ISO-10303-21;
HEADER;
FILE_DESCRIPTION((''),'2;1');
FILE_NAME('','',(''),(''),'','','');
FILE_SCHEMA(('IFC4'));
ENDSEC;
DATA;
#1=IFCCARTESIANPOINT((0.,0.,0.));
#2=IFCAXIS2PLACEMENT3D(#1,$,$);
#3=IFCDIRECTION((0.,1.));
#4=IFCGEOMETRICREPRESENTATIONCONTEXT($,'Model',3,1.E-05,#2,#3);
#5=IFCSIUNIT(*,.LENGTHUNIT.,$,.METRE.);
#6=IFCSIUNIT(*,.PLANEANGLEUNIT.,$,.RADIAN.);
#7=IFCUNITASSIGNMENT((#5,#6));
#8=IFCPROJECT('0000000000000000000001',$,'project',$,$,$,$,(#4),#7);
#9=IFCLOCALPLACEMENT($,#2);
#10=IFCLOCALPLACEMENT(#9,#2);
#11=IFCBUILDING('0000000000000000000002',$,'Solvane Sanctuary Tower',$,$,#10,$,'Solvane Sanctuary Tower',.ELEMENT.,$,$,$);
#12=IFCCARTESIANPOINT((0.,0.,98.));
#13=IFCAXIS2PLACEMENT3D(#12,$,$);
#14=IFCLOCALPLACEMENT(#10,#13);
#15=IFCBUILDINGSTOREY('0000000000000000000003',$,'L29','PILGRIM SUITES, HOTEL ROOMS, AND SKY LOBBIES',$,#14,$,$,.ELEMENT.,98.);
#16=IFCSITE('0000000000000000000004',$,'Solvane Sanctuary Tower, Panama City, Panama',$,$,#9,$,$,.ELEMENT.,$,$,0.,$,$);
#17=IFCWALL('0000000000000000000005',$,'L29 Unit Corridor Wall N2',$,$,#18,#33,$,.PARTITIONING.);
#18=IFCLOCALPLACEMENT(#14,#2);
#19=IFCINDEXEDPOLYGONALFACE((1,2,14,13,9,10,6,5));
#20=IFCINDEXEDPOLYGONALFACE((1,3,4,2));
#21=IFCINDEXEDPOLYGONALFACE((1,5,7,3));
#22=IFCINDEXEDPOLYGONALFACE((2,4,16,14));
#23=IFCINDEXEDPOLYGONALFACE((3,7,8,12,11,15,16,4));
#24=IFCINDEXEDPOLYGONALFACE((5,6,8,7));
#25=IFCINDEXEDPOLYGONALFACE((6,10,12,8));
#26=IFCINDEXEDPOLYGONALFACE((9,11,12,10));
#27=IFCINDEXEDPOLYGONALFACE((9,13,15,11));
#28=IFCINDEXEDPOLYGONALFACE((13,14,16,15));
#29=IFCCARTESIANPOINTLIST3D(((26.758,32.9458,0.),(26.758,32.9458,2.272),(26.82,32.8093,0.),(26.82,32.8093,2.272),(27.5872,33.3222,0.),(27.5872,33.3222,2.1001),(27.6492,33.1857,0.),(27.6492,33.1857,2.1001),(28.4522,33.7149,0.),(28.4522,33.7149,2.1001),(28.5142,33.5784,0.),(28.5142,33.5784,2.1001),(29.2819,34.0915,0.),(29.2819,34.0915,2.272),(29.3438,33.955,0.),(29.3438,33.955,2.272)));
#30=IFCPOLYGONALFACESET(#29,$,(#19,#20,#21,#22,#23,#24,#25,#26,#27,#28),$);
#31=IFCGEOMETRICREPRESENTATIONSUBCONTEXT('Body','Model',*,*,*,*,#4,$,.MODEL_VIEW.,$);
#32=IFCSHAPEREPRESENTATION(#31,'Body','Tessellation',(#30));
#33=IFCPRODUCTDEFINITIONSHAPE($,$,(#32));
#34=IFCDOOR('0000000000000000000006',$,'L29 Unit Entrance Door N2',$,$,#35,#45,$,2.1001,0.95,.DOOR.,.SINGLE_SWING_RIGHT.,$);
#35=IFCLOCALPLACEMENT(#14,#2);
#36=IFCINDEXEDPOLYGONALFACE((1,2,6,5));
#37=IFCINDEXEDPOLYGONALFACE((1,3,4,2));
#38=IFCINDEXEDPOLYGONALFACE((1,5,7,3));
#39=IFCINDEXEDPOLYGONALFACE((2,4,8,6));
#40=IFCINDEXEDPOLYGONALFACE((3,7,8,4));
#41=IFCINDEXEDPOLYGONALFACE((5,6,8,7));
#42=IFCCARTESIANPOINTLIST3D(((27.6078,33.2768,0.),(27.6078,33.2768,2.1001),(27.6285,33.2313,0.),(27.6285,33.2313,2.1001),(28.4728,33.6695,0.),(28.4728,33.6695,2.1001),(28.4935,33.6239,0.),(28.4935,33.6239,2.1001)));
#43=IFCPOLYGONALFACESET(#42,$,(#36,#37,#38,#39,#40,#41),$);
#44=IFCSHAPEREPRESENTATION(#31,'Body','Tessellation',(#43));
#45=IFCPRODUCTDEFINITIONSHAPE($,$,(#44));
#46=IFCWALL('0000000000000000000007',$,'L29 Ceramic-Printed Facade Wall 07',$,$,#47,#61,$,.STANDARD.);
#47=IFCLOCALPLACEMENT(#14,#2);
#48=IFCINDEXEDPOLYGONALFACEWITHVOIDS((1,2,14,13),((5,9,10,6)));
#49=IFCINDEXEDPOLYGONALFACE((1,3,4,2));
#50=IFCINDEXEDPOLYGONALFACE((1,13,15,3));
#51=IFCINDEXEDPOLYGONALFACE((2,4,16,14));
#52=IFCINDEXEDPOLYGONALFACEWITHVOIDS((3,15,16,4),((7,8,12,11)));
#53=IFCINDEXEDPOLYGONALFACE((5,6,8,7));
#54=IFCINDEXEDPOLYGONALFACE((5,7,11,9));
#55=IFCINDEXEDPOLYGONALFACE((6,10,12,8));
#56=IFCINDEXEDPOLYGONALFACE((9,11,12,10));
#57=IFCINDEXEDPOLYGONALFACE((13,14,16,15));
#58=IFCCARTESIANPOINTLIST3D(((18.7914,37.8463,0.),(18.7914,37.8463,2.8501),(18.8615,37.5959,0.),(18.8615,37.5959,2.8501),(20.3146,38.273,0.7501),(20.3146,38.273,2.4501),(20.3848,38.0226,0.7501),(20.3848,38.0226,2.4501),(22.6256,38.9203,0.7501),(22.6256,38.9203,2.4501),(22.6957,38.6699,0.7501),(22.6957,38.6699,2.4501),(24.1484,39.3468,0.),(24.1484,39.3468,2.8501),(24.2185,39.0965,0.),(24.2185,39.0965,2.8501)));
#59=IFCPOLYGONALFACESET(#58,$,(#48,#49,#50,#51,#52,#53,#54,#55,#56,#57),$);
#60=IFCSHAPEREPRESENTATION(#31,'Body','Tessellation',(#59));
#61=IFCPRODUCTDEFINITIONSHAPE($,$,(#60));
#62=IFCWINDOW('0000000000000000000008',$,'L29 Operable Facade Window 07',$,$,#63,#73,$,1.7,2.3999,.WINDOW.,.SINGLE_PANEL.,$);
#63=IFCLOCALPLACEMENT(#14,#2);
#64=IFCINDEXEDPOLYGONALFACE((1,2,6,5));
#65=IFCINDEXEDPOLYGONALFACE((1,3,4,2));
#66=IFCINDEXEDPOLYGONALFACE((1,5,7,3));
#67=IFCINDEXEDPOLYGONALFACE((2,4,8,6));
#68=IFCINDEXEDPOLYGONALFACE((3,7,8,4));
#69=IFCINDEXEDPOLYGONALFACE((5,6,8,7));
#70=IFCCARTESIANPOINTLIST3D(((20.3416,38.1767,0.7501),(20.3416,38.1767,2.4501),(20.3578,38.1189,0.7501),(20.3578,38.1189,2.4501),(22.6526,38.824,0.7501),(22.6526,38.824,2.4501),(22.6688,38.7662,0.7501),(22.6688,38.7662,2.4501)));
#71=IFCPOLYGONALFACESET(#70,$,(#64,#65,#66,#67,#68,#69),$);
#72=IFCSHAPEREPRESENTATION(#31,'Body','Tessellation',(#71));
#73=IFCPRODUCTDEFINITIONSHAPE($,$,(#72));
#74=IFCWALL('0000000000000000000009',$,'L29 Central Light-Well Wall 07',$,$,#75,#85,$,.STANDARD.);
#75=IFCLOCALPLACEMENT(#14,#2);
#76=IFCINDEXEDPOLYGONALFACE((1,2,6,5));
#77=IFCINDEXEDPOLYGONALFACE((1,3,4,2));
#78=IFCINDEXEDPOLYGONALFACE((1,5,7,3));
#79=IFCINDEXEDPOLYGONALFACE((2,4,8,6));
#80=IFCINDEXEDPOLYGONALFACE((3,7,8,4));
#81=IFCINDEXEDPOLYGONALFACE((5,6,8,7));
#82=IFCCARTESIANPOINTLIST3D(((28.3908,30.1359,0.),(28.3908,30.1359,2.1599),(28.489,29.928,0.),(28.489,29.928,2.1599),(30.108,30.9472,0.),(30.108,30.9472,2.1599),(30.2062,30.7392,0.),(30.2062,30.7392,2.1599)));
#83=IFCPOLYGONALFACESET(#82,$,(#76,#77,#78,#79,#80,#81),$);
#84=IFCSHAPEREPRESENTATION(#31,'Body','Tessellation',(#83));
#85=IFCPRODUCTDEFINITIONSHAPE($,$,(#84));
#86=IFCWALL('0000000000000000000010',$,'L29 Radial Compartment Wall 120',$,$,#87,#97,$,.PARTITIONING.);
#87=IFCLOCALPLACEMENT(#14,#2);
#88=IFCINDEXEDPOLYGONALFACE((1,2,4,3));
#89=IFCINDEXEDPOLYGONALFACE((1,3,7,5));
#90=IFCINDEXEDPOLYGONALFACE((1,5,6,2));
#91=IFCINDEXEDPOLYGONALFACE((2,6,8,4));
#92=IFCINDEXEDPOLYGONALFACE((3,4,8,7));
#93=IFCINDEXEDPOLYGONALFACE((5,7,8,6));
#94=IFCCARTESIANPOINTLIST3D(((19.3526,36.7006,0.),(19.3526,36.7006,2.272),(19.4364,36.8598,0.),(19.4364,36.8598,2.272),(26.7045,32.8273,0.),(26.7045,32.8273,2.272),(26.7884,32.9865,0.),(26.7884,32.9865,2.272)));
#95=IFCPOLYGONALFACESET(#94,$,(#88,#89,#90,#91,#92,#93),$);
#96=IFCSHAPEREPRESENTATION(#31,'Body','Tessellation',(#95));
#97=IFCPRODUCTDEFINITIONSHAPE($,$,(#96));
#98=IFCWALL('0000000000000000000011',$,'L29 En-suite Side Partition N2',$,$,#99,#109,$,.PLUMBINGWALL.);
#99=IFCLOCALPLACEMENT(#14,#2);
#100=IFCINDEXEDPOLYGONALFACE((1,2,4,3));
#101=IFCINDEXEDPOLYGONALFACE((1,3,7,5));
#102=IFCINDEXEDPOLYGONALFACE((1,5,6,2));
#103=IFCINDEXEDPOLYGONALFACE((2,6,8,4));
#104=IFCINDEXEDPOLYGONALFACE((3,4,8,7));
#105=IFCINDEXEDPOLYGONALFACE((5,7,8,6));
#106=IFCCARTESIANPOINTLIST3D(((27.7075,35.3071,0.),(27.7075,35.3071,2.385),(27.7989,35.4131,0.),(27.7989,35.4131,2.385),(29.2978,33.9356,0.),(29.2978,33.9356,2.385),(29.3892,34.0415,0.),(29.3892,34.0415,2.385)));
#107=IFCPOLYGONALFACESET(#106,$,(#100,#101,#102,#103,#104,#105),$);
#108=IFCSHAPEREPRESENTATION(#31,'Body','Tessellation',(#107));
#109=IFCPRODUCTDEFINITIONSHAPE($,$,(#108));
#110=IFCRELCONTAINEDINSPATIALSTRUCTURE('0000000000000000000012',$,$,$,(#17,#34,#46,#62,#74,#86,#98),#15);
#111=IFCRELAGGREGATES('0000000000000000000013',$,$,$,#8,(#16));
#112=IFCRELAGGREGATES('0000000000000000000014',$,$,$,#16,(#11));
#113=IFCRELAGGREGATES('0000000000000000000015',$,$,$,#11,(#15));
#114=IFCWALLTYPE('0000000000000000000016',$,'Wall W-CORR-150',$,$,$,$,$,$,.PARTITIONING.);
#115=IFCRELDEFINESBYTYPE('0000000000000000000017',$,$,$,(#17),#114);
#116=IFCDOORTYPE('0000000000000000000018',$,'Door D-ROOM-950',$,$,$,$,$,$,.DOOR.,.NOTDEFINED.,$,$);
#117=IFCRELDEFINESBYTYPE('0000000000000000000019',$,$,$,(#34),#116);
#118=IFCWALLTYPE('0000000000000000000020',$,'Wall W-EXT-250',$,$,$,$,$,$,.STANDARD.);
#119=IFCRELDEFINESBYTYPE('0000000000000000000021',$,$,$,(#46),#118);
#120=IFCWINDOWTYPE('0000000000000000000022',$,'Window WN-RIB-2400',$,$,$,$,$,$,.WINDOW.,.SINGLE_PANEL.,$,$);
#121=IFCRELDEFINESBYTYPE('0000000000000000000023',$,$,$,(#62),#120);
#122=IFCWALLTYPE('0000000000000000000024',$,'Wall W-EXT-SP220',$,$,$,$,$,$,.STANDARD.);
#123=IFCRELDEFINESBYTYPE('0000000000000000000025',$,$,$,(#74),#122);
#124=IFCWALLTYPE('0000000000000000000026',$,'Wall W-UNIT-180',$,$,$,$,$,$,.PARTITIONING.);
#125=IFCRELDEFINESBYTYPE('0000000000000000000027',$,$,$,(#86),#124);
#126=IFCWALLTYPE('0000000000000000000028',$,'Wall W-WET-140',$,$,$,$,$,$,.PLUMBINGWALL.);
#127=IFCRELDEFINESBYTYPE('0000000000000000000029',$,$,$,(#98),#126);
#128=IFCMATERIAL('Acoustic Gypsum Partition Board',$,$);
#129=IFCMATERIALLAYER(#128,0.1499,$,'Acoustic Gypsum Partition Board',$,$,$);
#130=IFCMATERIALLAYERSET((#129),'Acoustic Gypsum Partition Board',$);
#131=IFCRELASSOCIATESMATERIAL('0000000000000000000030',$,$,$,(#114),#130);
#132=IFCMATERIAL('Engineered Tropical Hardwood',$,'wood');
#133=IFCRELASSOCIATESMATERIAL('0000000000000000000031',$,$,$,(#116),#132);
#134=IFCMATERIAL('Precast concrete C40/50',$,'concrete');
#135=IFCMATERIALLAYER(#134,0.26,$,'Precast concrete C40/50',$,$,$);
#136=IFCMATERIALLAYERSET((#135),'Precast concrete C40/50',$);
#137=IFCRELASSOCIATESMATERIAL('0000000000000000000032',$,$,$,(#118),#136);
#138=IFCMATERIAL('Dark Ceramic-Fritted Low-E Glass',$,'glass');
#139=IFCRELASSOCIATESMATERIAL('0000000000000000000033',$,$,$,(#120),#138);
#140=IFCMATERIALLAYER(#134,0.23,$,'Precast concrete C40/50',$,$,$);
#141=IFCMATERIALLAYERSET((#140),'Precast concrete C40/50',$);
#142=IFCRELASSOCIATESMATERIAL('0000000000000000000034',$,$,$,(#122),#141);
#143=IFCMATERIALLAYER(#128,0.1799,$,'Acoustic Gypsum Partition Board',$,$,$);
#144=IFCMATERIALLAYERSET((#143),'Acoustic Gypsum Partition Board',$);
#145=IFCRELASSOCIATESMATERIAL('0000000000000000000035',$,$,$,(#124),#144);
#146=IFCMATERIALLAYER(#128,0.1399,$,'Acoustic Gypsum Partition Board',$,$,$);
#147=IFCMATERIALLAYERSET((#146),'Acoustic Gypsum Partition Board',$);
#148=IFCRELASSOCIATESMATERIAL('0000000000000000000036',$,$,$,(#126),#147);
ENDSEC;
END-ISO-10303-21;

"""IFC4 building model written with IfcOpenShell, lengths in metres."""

from ifc_helpers import new_model, si_unit, direction, frame, frame_2d, origin, place, context, subcontext, project, spatial, rectangle, extrude, material, layer, layer_set, type_object, element, fill, save


model = new_model("IFC4")

# Units and contexts
model_context = context("Model", 3, precision=1e-05, world=origin(), true_north=direction((0.0, 1.0)))
body_context = subcontext(model_context, "Body", "Model", "MODEL_VIEW")
ifc_project = project(units=[si_unit("LENGTHUNIT", "METRE"), si_unit("PLANEANGLEUNIT", "RADIAN")], contexts=[model_context])

# Site, building, storey
site_placement = place(None, origin())
site = spatial("IfcSite", under=ifc_project, at=site_placement, Name="Solvane Sanctuary Tower, Panama City, Panama", CompositionType="ELEMENT", RefElevation=0.0)
building_placement = place(site_placement, origin())
building = spatial("IfcBuilding", under=site, at=building_placement, Name="Solvane Sanctuary Tower", LongName="Solvane Sanctuary Tower", CompositionType="ELEMENT")
storey_placement = place(building_placement, frame((0.0, 0.0, 98.0)))
storey = spatial("IfcBuildingStorey", under=building, at=storey_placement, Name="L29", Description="PILGRIM SUITES, HOTEL ROOMS, AND SKY LOBBIES", CompositionType="ELEMENT", Elevation=98.0)

# Shared definitions
ifc_material_1 = material(Name="Acoustic Gypsum Partition Board")
ifc_layer_1 = layer(ifc_material_1, 0.1499, Name="Acoustic Gypsum Partition Board")
ifc_layer_set_1 = layer_set([ifc_layer_1], Name="Acoustic Gypsum Partition Board")
wall_type_1 = type_object("IfcWallType", Name="Wall W-CORR-150", PredefinedType="PARTITIONING", material=ifc_layer_set_1)

# Wall, opening, door
wall_1_placement = place(storey_placement, frame((29.3127, 34.0232, 0.0), z_axis=(0.0, 0.0, 1.0), x_axis=(-0.910568, -0.413358, 0.0)))
wall_1 = element("IfcWall", 1, at=wall_1_placement, inside=storey, type_object=wall_type_1, Name="L29 Unit Corridor Wall N2", PredefinedType="PARTITIONING", context=body_context, shape_type="SweptSolid", body=[
    extrude(rectangle(XDim=2.7717, YDim=0.1499, at=frame_2d((1.3857, 0.0))), origin(), (0.0, 0.0, 1.0), 2.272),
])
opening_1_placement = place(wall_1_placement, frame((0.9109, 0.0, 0.0)))
opening_1 = element("IfcOpeningElement", 2, at=opening_1_placement, cuts=wall_1, PredefinedType="OPENING", context=body_context, shape_type="SweptSolid", body=[
    extrude(rectangle(XDim=0.95, YDim=2.1001, at=frame_2d((0.4751, 1.05))), frame((0.0, 0.085, 0.0), z_axis=(0.0, -1.0, 0.0), x_axis=(1.0, 0.0, 0.0)), (0.0, 0.0, 1.0), 0.1699),
])
ifc_material_2 = material(Name="Engineered Tropical Hardwood", Category="wood")
door_type = type_object("IfcDoorType", Name="Door D-ROOM-950", OperationType="NOTDEFINED", PredefinedType="DOOR", material=ifc_material_2)
door_placement = place(opening_1_placement, origin())
door = element("IfcDoor", 3, at=door_placement, inside=storey, type_object=door_type, Name="L29 Unit Entrance Door N2", OperationType="SINGLE_SWING_RIGHT", OverallHeight=2.1001, OverallWidth=0.95, PredefinedType="DOOR", context=body_context, shape_type="SweptSolid", body=[
    extrude(rectangle(XDim=0.95, YDim=2.1001, at=frame_2d((0.4751, 1.05))), frame((0.0, 0.0249, 0.0), z_axis=(0.0, -1.0, 0.0), x_axis=(1.0, 0.0, 0.0)), (0.0, 0.0, 1.0), 0.05),
])
fill(opening_1, door)

# Wall, opening, window
ifc_material_3 = material(Name="Precast concrete C40/50", Category="concrete")
ifc_layer_2 = layer(ifc_material_3, 0.26, Name="Precast concrete C40/50")
ifc_layer_set_2 = layer_set([ifc_layer_2], Name="Precast concrete C40/50")
wall_type_2 = type_object("IfcWallType", Name="Wall W-EXT-250", PredefinedType="STANDARD", material=ifc_layer_set_2)
wall_2_placement = place(storey_placement, frame((24.1836, 39.2217, 0.0), z_axis=(0.0, 0.0, 1.0), x_axis=(-0.962938, -0.269721, 0.0)))
wall_2 = element("IfcWall", 4, at=wall_2_placement, inside=storey, type_object=wall_type_2, Name="L29 Ceramic-Printed Facade Wall 07", PredefinedType="STANDARD", context=body_context, shape_type="SweptSolid", body=[
    extrude(rectangle(XDim=5.5632, YDim=0.26, at=frame_2d((2.7817, 0.0))), origin(), (0.0, 0.0, 1.0), 2.8501),
])
opening_2_placement = place(wall_2_placement, frame((1.5815, 0.0, 0.75)))
opening_2 = element("IfcOpeningElement", 5, at=opening_2_placement, cuts=wall_2, PredefinedType="OPENING", context=body_context, shape_type="SweptSolid", body=[
    extrude(rectangle(XDim=2.3999, YDim=1.7, at=frame_2d((1.2, 0.8501))), frame((0.0, 0.1399, 0.0), z_axis=(0.0, -1.0, 0.0), x_axis=(1.0, 0.0, 0.0)), (0.0, 0.0, 1.0), 0.28),
])
ifc_material_4 = material(Name="Dark Ceramic-Fritted Low-E Glass", Category="glass")
window_type = type_object("IfcWindowType", Name="Window WN-RIB-2400", PartitioningType="SINGLE_PANEL", PredefinedType="WINDOW", material=ifc_material_4)
window_placement = place(opening_2_placement, origin())
window = element("IfcWindow", 6, at=window_placement, inside=storey, type_object=window_type, Name="L29 Operable Facade Window 07", OverallHeight=1.7, OverallWidth=2.3999, PartitioningType="SINGLE_PANEL", PredefinedType="WINDOW", context=body_context, shape_type="SweptSolid", body=[
    extrude(rectangle(XDim=2.3999, YDim=1.7, at=frame_2d((1.2, 0.8501))), frame((0.0, 0.03, 0.0), z_axis=(0.0, -1.0, 0.0), x_axis=(1.0, 0.0, 0.0)), (0.0, 0.0, 1.0), 0.0601),
])
fill(opening_2, window)

# Walls
ifc_layer_3 = layer(ifc_material_3, 0.23, Name="Precast concrete C40/50")
ifc_layer_set_3 = layer_set([ifc_layer_3], Name="Precast concrete C40/50")
wall_type_3 = type_object("IfcWallType", Name="Wall W-EXT-SP220", PredefinedType="STANDARD", material=ifc_layer_set_3)
wall_3_placement = place(storey_placement, frame((30.1572, 30.8433, 0.0), z_axis=(0.0, 0.0, 1.0), x_axis=(-0.90418, -0.427152, 0.0)))
element("IfcWall", 7, at=wall_3_placement, inside=storey, type_object=wall_type_3, Name="L29 Central Light-Well Wall 07", PredefinedType="STANDARD", context=body_context, shape_type="SweptSolid", body=[
    extrude(rectangle(XDim=1.8992, YDim=0.23, at=frame_2d((0.9497, 0.0))), origin(), (0.0, 0.0, 1.0), 2.1599),
])
ifc_layer_4 = layer(ifc_material_1, 0.1799, Name="Acoustic Gypsum Partition Board")
ifc_layer_set_4 = layer_set([ifc_layer_4], Name="Acoustic Gypsum Partition Board")
wall_type_4 = type_object("IfcWallType", Name="Wall W-UNIT-180", PredefinedType="PARTITIONING", material=ifc_layer_set_4)
wall_4_placement = place(storey_placement, frame((26.7463, 32.907, 0.0), z_axis=(0.0, 0.0, 1.0), x_axis=(-0.88473, 0.466104, 0.0)))
element("IfcWall", 8, at=wall_4_placement, inside=storey, type_object=wall_type_4, Name="L29 Radial Compartment Wall 120", PredefinedType="PARTITIONING", context=body_context, shape_type="SweptSolid", body=[
    extrude(rectangle(XDim=8.3098, YDim=0.1799, at=frame_2d((4.1548, 0.0))), origin(), (0.0, 0.0, 1.0), 2.272),
])
ifc_layer_5 = layer(ifc_material_1, 0.1399, Name="Acoustic Gypsum Partition Board")
ifc_layer_set_5 = layer_set([ifc_layer_5], Name="Acoustic Gypsum Partition Board")
wall_type_5 = type_object("IfcWallType", Name="Wall W-WET-140", PredefinedType="PLUMBINGWALL", material=ifc_layer_set_5)
wall_5_placement = place(storey_placement, frame((29.3435, 33.9885, 0.0), z_axis=(0.0, 0.0, 1.0), x_axis=(-0.757267, 0.653105, 0.0)))
element("IfcWall", 9, at=wall_5_placement, inside=storey, type_object=wall_type_5, Name="L29 En-suite Side Partition N2", PredefinedType="PLUMBINGWALL", context=body_context, shape_type="SweptSolid", body=[
    extrude(rectangle(XDim=2.1001, YDim=0.1399, at=frame_2d((1.05, 0.0))), origin(), (0.0, 0.0, 1.0), 2.385),
])

save(model, "model.ifc")
